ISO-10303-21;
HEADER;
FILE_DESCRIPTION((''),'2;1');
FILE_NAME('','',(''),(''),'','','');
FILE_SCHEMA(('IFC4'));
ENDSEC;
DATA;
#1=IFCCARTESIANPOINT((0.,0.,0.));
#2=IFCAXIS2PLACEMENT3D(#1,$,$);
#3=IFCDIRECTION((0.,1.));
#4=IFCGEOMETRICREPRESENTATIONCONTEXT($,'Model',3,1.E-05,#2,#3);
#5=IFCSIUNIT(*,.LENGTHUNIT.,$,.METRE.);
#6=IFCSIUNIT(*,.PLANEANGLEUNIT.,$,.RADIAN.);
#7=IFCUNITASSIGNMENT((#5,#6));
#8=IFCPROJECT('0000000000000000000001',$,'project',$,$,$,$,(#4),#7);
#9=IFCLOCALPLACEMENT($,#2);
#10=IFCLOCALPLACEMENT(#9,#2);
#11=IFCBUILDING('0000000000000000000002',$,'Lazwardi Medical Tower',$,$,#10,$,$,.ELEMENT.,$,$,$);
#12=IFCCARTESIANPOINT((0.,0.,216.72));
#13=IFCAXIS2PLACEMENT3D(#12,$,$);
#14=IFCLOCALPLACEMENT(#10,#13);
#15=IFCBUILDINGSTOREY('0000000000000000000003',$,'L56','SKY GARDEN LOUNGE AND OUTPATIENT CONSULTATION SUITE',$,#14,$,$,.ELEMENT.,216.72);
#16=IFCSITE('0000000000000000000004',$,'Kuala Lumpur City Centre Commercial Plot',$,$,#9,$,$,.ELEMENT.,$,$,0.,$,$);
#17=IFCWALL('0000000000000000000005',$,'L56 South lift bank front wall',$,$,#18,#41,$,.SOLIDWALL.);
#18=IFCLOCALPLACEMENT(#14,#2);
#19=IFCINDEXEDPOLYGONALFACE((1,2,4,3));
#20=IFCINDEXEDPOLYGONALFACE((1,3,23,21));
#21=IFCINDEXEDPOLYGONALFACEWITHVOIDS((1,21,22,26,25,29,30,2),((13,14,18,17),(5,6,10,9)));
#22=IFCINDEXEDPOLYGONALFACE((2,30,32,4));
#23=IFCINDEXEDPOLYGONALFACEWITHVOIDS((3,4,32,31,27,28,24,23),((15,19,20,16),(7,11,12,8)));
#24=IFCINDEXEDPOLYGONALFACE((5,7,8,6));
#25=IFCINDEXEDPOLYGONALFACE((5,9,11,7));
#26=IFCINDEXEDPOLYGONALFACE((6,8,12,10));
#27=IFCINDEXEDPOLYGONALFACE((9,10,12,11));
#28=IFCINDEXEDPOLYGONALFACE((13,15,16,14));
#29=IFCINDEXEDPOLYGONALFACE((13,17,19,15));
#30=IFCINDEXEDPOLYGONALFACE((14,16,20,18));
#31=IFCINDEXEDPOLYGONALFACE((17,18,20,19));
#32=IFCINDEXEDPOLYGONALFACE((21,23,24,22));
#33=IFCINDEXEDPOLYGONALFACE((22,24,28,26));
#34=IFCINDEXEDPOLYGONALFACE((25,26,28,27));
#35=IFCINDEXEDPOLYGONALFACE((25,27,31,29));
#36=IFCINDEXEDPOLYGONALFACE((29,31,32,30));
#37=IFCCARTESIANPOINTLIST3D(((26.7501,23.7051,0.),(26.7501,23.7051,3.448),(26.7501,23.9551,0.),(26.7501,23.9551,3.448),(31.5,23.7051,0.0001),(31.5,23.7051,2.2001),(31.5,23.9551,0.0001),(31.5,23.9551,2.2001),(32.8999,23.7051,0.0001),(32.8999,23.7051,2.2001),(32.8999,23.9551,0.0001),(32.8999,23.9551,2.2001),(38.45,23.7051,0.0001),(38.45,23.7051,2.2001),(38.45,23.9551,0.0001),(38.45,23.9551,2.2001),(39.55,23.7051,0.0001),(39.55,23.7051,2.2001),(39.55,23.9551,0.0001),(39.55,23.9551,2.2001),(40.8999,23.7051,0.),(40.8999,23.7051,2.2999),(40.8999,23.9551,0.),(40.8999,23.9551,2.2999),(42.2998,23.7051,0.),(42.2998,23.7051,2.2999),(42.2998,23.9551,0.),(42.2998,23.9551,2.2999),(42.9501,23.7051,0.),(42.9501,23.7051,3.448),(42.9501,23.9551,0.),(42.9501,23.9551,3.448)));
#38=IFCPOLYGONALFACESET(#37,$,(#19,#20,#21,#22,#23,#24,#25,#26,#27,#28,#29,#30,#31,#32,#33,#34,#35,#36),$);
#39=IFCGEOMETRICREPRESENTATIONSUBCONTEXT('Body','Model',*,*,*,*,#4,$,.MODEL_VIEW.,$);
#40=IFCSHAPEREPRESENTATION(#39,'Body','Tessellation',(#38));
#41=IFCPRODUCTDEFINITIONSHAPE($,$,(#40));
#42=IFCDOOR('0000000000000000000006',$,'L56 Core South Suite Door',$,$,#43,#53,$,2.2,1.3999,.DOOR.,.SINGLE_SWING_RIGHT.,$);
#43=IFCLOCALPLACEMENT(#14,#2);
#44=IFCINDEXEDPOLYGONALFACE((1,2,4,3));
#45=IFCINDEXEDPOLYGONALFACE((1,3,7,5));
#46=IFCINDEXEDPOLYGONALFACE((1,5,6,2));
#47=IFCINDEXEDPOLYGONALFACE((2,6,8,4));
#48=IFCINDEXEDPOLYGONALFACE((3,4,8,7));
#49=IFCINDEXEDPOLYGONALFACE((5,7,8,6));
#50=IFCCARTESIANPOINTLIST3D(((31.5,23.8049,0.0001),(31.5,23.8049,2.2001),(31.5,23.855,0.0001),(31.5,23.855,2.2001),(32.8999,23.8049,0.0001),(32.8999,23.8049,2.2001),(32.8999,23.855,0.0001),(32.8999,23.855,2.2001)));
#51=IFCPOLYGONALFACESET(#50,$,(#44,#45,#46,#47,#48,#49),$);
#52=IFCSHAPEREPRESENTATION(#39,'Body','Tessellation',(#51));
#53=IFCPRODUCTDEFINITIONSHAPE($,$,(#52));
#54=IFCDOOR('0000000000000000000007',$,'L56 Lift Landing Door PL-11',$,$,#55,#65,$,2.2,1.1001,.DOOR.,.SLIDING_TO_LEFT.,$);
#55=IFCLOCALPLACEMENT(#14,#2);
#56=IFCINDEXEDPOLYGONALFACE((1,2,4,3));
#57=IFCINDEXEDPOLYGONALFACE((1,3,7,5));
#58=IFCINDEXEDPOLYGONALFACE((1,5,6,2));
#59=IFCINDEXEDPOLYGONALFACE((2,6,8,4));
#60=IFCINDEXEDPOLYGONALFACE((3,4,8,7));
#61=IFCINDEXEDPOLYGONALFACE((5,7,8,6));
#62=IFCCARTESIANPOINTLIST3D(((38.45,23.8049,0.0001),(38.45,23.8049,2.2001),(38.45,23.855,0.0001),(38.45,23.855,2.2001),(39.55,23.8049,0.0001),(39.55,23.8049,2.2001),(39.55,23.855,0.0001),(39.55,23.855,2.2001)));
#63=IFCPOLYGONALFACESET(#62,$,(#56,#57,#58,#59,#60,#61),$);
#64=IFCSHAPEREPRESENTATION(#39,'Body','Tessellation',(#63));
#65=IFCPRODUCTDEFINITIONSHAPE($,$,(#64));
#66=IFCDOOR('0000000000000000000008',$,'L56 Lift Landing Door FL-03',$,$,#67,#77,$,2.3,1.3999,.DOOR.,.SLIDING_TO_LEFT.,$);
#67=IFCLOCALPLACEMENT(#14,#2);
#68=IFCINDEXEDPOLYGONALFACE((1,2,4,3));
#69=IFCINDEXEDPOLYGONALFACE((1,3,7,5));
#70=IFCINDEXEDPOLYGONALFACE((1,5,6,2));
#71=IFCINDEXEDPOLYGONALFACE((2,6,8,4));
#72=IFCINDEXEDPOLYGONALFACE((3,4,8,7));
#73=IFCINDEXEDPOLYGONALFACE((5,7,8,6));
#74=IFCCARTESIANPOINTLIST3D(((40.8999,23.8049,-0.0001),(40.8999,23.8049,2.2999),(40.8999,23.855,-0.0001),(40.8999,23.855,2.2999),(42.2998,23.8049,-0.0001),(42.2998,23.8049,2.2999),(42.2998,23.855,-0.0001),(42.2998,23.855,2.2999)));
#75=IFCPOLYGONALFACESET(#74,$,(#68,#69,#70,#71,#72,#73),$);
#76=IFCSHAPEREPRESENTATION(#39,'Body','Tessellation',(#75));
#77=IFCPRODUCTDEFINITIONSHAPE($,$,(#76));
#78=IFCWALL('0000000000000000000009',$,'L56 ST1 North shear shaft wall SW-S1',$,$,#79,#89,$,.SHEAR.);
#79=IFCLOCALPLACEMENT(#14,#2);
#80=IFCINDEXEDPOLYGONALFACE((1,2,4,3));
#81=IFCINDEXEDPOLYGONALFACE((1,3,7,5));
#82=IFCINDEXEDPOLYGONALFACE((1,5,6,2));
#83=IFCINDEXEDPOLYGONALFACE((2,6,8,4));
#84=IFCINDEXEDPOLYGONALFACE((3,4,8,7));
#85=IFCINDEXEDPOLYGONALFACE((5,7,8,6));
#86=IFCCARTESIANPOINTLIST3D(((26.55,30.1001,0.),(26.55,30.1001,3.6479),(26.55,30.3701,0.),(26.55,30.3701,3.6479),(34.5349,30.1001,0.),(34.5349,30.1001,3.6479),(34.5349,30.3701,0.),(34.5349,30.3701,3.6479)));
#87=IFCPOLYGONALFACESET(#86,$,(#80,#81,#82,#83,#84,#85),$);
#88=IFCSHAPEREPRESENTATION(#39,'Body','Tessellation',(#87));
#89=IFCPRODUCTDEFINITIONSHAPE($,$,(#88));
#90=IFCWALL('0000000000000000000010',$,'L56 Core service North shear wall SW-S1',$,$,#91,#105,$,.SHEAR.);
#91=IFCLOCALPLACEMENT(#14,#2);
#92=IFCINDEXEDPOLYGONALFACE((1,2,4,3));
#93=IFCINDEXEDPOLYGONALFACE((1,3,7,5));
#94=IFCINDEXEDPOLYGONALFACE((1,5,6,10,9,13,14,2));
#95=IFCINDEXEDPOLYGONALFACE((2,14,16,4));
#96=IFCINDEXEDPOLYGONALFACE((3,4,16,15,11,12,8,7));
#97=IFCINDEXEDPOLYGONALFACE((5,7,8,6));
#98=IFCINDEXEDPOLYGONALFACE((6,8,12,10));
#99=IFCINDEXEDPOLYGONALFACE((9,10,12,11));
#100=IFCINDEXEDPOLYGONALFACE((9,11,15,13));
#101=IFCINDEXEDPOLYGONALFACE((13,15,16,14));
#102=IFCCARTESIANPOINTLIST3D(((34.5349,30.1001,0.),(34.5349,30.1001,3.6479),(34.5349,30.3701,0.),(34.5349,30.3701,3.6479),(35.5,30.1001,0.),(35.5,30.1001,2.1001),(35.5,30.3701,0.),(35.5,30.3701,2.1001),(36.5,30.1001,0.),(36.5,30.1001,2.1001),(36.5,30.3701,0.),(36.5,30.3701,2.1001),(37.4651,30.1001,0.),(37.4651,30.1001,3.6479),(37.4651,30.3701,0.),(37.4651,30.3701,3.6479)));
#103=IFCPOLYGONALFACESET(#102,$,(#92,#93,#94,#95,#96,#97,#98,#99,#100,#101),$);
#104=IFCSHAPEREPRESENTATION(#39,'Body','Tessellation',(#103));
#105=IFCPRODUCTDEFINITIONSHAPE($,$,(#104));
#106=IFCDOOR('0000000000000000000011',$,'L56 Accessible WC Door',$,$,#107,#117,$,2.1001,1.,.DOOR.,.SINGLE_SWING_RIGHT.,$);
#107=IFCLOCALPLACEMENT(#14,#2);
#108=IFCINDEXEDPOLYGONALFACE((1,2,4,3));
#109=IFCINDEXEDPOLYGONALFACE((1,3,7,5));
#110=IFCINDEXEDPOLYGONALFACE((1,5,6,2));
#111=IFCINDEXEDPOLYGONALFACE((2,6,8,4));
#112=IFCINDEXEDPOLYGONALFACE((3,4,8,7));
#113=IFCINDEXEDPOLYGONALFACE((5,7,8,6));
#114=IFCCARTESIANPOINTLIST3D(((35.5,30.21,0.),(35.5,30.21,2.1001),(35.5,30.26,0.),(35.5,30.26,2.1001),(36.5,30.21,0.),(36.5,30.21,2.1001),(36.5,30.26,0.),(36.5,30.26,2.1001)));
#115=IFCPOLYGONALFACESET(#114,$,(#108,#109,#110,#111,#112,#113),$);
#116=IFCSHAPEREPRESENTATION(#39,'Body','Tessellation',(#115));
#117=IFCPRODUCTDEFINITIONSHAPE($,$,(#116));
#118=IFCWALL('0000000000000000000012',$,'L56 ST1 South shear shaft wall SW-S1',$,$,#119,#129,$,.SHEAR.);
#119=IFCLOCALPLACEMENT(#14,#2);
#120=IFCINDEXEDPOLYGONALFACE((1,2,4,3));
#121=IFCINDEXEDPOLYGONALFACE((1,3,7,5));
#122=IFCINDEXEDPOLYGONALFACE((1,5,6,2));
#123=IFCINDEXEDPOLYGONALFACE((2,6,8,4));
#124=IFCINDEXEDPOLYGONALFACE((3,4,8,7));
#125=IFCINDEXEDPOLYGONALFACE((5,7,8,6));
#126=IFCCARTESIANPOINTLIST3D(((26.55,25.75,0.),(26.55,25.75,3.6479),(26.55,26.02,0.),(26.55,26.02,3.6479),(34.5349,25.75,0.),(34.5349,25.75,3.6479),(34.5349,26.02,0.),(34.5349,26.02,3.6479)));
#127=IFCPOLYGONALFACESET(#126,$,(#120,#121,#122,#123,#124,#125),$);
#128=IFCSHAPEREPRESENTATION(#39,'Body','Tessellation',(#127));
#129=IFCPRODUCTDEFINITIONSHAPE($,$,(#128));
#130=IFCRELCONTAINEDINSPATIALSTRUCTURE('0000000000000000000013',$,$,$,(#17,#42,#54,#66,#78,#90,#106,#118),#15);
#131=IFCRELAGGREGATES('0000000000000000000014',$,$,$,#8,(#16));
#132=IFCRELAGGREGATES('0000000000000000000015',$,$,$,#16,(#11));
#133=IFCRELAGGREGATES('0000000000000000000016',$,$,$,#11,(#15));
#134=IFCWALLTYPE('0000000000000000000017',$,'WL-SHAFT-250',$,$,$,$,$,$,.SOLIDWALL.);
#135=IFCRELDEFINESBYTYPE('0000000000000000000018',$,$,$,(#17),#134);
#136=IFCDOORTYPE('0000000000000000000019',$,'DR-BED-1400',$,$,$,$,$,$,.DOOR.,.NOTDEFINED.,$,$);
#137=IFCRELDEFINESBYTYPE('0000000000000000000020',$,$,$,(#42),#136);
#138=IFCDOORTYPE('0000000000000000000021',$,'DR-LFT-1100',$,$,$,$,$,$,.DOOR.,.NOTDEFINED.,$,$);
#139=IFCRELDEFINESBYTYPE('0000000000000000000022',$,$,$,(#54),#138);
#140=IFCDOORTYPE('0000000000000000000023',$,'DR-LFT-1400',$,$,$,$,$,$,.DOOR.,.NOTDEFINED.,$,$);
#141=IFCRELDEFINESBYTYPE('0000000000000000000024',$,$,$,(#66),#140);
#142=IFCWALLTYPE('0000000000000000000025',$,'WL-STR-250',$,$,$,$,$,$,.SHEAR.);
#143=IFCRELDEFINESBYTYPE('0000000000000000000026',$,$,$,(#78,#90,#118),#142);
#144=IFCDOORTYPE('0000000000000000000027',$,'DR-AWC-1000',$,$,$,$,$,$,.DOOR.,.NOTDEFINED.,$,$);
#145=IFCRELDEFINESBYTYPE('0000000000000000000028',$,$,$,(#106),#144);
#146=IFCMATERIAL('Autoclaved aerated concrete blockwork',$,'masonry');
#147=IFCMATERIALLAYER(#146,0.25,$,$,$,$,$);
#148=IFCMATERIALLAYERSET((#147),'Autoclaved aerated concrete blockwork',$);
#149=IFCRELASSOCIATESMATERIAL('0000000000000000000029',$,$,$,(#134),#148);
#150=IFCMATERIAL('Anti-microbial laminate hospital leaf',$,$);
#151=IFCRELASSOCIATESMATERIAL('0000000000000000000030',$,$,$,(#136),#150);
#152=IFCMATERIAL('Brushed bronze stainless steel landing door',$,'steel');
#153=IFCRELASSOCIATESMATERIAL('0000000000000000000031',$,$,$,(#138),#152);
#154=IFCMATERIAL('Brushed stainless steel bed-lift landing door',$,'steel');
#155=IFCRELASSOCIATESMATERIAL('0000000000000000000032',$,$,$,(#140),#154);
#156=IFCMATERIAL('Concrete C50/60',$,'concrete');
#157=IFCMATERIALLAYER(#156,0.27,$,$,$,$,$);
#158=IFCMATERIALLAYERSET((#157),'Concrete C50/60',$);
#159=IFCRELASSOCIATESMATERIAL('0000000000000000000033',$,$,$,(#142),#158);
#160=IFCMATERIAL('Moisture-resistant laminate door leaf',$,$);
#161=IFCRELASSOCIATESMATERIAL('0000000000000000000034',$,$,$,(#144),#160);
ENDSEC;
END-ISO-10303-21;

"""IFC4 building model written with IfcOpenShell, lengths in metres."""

from ifc_helpers import new_model, si_unit, direction, frame, frame_2d, origin, place, context, subcontext, project, spatial, rectangle, extrude, material, layer, layer_set, type_object, element, fill, save


model = new_model("IFC4")

# Units and contexts
model_context = context("Model", 3, precision=1e-05, world=origin(), true_north=direction((0.0, 1.0)))
body_context = subcontext(model_context, "Body", "Model", "MODEL_VIEW")
ifc_project = project(units=[si_unit("LENGTHUNIT", "METRE"), si_unit("PLANEANGLEUNIT", "RADIAN")], contexts=[model_context])

# Site, building, storey
site_placement = place(None, origin())
site = spatial("IfcSite", under=ifc_project, at=site_placement, Name="Kuala Lumpur City Centre Commercial Plot", CompositionType="ELEMENT", RefElevation=0.0)
building_placement = place(site_placement, origin())
building = spatial("IfcBuilding", under=site, at=building_placement, Name="Lazwardi Medical Tower", CompositionType="ELEMENT")
storey_placement = place(building_placement, frame((0.0, 0.0, 216.72)))
storey = spatial("IfcBuildingStorey", under=building, at=storey_placement, Name="L56", Description="SKY GARDEN LOUNGE AND OUTPATIENT CONSULTATION SUITE", CompositionType="ELEMENT", Elevation=216.72)

# Wall, openings, doors
ifc_material_1 = material(Name="Autoclaved aerated concrete blockwork", Category="masonry")
ifc_layer_1 = layer(ifc_material_1, 0.25)
ifc_layer_set_1 = layer_set([ifc_layer_1], Name="Autoclaved aerated concrete blockwork")
wall_type_1 = type_object("IfcWallType", Name="WL-SHAFT-250", PredefinedType="SOLIDWALL", material=ifc_layer_set_1)
wall_1_placement = place(storey_placement, frame((26.75, 23.8301, 0.0), z_axis=(0.0, 0.0, 1.0), x_axis=(1.0, 0.0, 0.0)))
wall_1 = element("IfcWall", 1, at=wall_1_placement, inside=storey, type_object=wall_type_1, Name="L56 South lift bank front wall", PredefinedType="SOLIDWALL", context=body_context, shape_type="SweptSolid", body=[
    extrude(rectangle(XDim=16.2, YDim=0.25, at=frame_2d((8.1001, 0.0))), origin(), (0.0, 0.0, 1.0), 3.448),
])
opening_1_placement = place(wall_1_placement, frame((4.75, 0.0, 0.0)))
opening_1 = element("IfcOpeningElement", 2, at=opening_1_placement, cuts=wall_1, PredefinedType="OPENING", context=body_context, shape_type="SweptSolid", body=[
    extrude(rectangle(XDim=1.3999, YDim=2.2, at=frame_2d((0.7, 1.1001))), frame((0.0, 0.135, 0.0), z_axis=(0.0, -1.0, 0.0), x_axis=(1.0, 0.0, 0.0)), (0.0, 0.0, 1.0), 0.27),
])
opening_2_placement = place(wall_1_placement, frame((11.7, 0.0, 0.0)))
opening_2 = element("IfcOpeningElement", 3, at=opening_2_placement, cuts=wall_1, PredefinedType="OPENING", context=body_context, shape_type="SweptSolid", body=[
    extrude(rectangle(XDim=1.1001, YDim=2.2, at=frame_2d((0.55, 1.1001))), frame((0.0, 0.135, 0.0), z_axis=(0.0, -1.0, 0.0), x_axis=(1.0, 0.0, 0.0)), (0.0, 0.0, 1.0), 0.27),
])
opening_3_placement = place(wall_1_placement, frame((14.1499, 0.0, 0.0)))
opening_3 = element("IfcOpeningElement", 4, at=opening_3_placement, cuts=wall_1, PredefinedType="OPENING", context=body_context, shape_type="SweptSolid", body=[
    extrude(rectangle(XDim=1.3999, YDim=2.3, at=frame_2d((0.7, 1.1499))), frame((0.0, 0.135, 0.0), z_axis=(0.0, -1.0, 0.0), x_axis=(1.0, 0.0, 0.0)), (0.0, 0.0, 1.0), 0.27),
])
ifc_material_2 = material(Name="Anti-microbial laminate hospital leaf")
door_type_1 = type_object("IfcDoorType", Name="DR-BED-1400", OperationType="NOTDEFINED", PredefinedType="DOOR", material=ifc_material_2)
door_1_placement = place(opening_1_placement, origin())
door_1 = element("IfcDoor", 5, at=door_1_placement, inside=storey, type_object=door_type_1, Name="L56 Core South Suite Door", OperationType="SINGLE_SWING_RIGHT", OverallHeight=2.2, OverallWidth=1.3999, PredefinedType="DOOR", context=body_context, shape_type="SweptSolid", body=[
    extrude(rectangle(XDim=1.3999, YDim=2.2, at=frame_2d((0.7, 1.1001))), frame((0.0, 0.0249, 0.0), z_axis=(0.0, -1.0, 0.0), x_axis=(1.0, 0.0, 0.0)), (0.0, 0.0, 1.0), 0.05),
])
fill(opening_1, door_1)
ifc_material_3 = material(Name="Brushed bronze stainless steel landing door", Category="steel")
door_type_2 = type_object("IfcDoorType", Name="DR-LFT-1100", OperationType="NOTDEFINED", PredefinedType="DOOR", material=ifc_material_3)
door_2_placement = place(opening_2_placement, origin())
door_2 = element("IfcDoor", 6, at=door_2_placement, inside=storey, type_object=door_type_2, Name="L56 Lift Landing Door PL-11", OperationType="SLIDING_TO_LEFT", OverallHeight=2.2, OverallWidth=1.1001, PredefinedType="DOOR", context=body_context, shape_type="SweptSolid", body=[
    extrude(rectangle(XDim=1.1001, YDim=2.2, at=frame_2d((0.55, 1.1001))), frame((0.0, 0.0249, 0.0), z_axis=(0.0, -1.0, 0.0), x_axis=(1.0, 0.0, 0.0)), (0.0, 0.0, 1.0), 0.05),
])
fill(opening_2, door_2)
ifc_material_4 = material(Name="Brushed stainless steel bed-lift landing door", Category="steel")
door_type_3 = type_object("IfcDoorType", Name="DR-LFT-1400", OperationType="NOTDEFINED", PredefinedType="DOOR", material=ifc_material_4)
door_3_placement = place(opening_3_placement, origin())
door_3 = element("IfcDoor", 7, at=door_3_placement, inside=storey, type_object=door_type_3, Name="L56 Lift Landing Door FL-03", OperationType="SLIDING_TO_LEFT", OverallHeight=2.3, OverallWidth=1.3999, PredefinedType="DOOR", context=body_context, shape_type="SweptSolid", body=[
    extrude(rectangle(XDim=1.3999, YDim=2.3, at=frame_2d((0.7, 1.1499))), frame((0.0, 0.0249, 0.0), z_axis=(0.0, -1.0, 0.0), x_axis=(1.0, 0.0, 0.0)), (0.0, 0.0, 1.0), 0.05),
])
fill(opening_3, door_3)

# Wall
ifc_material_5 = material(Name="Concrete C50/60", Category="concrete")
ifc_layer_2 = layer(ifc_material_5, 0.27)
ifc_layer_set_2 = layer_set([ifc_layer_2], Name="Concrete C50/60")
wall_type_2 = type_object("IfcWallType", Name="WL-STR-250", PredefinedType="SHEAR", material=ifc_layer_set_2)
wall_2_placement = place(storey_placement, frame((26.55, 30.2351, 0.0), z_axis=(0.0, 0.0, 1.0), x_axis=(1.0, 0.0, 0.0)))
element("IfcWall", 8, at=wall_2_placement, inside=storey, type_object=wall_type_2, Name="L56 ST1 North shear shaft wall SW-S1", PredefinedType="SHEAR", context=body_context, shape_type="SweptSolid", body=[
    extrude(rectangle(XDim=7.9849, YDim=0.27, at=frame_2d((3.9924, 0.0))), origin(), (0.0, 0.0, 1.0), 3.6479),
])

# Wall, opening, door
wall_3_placement = place(storey_placement, frame((34.5349, 30.2351, 0.0), z_axis=(0.0, 0.0, 1.0), x_axis=(1.0, 0.0, 0.0)))
wall_3 = element("IfcWall", 9, at=wall_3_placement, inside=storey, type_object=wall_type_2, Name="L56 Core service North shear wall SW-S1", PredefinedType="SHEAR", context=body_context, shape_type="SweptSolid", body=[
    extrude(rectangle(XDim=2.9302, YDim=0.27, at=frame_2d((1.4651, 0.0))), origin(), (0.0, 0.0, 1.0), 3.6479),
])
opening_4_placement = place(wall_3_placement, frame((0.9651, 0.0, 0.0)))
opening_4 = element("IfcOpeningElement", 10, at=opening_4_placement, cuts=wall_3, PredefinedType="OPENING", context=body_context, shape_type="SweptSolid", body=[
    extrude(rectangle(XDim=1.0, YDim=2.1001, at=frame_2d((0.5, 1.05))), frame((0.0, 0.145, 0.0), z_axis=(0.0, -1.0, 0.0), x_axis=(1.0, 0.0, 0.0)), (0.0, 0.0, 1.0), 0.29),
])
ifc_material_6 = material(Name="Moisture-resistant laminate door leaf")
door_type_4 = type_object("IfcDoorType", Name="DR-AWC-1000", OperationType="NOTDEFINED", PredefinedType="DOOR", material=ifc_material_6)
door_4_placement = place(opening_4_placement, origin())
door_4 = element("IfcDoor", 11, at=door_4_placement, inside=storey, type_object=door_type_4, Name="L56 Accessible WC Door", OperationType="SINGLE_SWING_RIGHT", OverallHeight=2.1001, OverallWidth=1.0, PredefinedType="DOOR", context=body_context, shape_type="SweptSolid", body=[
    extrude(rectangle(XDim=1.0, YDim=2.1001, at=frame_2d((0.5, 1.05))), frame((0.0, 0.0249, 0.0), z_axis=(0.0, -1.0, 0.0), x_axis=(1.0, 0.0, 0.0)), (0.0, 0.0, 1.0), 0.05),
])
fill(opening_4, door_4)

# Wall
wall_4_placement = place(storey_placement, frame((26.55, 25.885, 0.0), z_axis=(0.0, 0.0, 1.0), x_axis=(1.0, 0.0, 0.0)))
element("IfcWall", 12, at=wall_4_placement, inside=storey, type_object=wall_type_2, Name="L56 ST1 South shear shaft wall SW-S1", PredefinedType="SHEAR", context=body_context, shape_type="SweptSolid", body=[
    extrude(rectangle(XDim=7.9849, YDim=0.27, at=frame_2d((3.9924, 0.0))), origin(), (0.0, 0.0, 1.0), 3.6479),
])

save(model, "model.ifc")
